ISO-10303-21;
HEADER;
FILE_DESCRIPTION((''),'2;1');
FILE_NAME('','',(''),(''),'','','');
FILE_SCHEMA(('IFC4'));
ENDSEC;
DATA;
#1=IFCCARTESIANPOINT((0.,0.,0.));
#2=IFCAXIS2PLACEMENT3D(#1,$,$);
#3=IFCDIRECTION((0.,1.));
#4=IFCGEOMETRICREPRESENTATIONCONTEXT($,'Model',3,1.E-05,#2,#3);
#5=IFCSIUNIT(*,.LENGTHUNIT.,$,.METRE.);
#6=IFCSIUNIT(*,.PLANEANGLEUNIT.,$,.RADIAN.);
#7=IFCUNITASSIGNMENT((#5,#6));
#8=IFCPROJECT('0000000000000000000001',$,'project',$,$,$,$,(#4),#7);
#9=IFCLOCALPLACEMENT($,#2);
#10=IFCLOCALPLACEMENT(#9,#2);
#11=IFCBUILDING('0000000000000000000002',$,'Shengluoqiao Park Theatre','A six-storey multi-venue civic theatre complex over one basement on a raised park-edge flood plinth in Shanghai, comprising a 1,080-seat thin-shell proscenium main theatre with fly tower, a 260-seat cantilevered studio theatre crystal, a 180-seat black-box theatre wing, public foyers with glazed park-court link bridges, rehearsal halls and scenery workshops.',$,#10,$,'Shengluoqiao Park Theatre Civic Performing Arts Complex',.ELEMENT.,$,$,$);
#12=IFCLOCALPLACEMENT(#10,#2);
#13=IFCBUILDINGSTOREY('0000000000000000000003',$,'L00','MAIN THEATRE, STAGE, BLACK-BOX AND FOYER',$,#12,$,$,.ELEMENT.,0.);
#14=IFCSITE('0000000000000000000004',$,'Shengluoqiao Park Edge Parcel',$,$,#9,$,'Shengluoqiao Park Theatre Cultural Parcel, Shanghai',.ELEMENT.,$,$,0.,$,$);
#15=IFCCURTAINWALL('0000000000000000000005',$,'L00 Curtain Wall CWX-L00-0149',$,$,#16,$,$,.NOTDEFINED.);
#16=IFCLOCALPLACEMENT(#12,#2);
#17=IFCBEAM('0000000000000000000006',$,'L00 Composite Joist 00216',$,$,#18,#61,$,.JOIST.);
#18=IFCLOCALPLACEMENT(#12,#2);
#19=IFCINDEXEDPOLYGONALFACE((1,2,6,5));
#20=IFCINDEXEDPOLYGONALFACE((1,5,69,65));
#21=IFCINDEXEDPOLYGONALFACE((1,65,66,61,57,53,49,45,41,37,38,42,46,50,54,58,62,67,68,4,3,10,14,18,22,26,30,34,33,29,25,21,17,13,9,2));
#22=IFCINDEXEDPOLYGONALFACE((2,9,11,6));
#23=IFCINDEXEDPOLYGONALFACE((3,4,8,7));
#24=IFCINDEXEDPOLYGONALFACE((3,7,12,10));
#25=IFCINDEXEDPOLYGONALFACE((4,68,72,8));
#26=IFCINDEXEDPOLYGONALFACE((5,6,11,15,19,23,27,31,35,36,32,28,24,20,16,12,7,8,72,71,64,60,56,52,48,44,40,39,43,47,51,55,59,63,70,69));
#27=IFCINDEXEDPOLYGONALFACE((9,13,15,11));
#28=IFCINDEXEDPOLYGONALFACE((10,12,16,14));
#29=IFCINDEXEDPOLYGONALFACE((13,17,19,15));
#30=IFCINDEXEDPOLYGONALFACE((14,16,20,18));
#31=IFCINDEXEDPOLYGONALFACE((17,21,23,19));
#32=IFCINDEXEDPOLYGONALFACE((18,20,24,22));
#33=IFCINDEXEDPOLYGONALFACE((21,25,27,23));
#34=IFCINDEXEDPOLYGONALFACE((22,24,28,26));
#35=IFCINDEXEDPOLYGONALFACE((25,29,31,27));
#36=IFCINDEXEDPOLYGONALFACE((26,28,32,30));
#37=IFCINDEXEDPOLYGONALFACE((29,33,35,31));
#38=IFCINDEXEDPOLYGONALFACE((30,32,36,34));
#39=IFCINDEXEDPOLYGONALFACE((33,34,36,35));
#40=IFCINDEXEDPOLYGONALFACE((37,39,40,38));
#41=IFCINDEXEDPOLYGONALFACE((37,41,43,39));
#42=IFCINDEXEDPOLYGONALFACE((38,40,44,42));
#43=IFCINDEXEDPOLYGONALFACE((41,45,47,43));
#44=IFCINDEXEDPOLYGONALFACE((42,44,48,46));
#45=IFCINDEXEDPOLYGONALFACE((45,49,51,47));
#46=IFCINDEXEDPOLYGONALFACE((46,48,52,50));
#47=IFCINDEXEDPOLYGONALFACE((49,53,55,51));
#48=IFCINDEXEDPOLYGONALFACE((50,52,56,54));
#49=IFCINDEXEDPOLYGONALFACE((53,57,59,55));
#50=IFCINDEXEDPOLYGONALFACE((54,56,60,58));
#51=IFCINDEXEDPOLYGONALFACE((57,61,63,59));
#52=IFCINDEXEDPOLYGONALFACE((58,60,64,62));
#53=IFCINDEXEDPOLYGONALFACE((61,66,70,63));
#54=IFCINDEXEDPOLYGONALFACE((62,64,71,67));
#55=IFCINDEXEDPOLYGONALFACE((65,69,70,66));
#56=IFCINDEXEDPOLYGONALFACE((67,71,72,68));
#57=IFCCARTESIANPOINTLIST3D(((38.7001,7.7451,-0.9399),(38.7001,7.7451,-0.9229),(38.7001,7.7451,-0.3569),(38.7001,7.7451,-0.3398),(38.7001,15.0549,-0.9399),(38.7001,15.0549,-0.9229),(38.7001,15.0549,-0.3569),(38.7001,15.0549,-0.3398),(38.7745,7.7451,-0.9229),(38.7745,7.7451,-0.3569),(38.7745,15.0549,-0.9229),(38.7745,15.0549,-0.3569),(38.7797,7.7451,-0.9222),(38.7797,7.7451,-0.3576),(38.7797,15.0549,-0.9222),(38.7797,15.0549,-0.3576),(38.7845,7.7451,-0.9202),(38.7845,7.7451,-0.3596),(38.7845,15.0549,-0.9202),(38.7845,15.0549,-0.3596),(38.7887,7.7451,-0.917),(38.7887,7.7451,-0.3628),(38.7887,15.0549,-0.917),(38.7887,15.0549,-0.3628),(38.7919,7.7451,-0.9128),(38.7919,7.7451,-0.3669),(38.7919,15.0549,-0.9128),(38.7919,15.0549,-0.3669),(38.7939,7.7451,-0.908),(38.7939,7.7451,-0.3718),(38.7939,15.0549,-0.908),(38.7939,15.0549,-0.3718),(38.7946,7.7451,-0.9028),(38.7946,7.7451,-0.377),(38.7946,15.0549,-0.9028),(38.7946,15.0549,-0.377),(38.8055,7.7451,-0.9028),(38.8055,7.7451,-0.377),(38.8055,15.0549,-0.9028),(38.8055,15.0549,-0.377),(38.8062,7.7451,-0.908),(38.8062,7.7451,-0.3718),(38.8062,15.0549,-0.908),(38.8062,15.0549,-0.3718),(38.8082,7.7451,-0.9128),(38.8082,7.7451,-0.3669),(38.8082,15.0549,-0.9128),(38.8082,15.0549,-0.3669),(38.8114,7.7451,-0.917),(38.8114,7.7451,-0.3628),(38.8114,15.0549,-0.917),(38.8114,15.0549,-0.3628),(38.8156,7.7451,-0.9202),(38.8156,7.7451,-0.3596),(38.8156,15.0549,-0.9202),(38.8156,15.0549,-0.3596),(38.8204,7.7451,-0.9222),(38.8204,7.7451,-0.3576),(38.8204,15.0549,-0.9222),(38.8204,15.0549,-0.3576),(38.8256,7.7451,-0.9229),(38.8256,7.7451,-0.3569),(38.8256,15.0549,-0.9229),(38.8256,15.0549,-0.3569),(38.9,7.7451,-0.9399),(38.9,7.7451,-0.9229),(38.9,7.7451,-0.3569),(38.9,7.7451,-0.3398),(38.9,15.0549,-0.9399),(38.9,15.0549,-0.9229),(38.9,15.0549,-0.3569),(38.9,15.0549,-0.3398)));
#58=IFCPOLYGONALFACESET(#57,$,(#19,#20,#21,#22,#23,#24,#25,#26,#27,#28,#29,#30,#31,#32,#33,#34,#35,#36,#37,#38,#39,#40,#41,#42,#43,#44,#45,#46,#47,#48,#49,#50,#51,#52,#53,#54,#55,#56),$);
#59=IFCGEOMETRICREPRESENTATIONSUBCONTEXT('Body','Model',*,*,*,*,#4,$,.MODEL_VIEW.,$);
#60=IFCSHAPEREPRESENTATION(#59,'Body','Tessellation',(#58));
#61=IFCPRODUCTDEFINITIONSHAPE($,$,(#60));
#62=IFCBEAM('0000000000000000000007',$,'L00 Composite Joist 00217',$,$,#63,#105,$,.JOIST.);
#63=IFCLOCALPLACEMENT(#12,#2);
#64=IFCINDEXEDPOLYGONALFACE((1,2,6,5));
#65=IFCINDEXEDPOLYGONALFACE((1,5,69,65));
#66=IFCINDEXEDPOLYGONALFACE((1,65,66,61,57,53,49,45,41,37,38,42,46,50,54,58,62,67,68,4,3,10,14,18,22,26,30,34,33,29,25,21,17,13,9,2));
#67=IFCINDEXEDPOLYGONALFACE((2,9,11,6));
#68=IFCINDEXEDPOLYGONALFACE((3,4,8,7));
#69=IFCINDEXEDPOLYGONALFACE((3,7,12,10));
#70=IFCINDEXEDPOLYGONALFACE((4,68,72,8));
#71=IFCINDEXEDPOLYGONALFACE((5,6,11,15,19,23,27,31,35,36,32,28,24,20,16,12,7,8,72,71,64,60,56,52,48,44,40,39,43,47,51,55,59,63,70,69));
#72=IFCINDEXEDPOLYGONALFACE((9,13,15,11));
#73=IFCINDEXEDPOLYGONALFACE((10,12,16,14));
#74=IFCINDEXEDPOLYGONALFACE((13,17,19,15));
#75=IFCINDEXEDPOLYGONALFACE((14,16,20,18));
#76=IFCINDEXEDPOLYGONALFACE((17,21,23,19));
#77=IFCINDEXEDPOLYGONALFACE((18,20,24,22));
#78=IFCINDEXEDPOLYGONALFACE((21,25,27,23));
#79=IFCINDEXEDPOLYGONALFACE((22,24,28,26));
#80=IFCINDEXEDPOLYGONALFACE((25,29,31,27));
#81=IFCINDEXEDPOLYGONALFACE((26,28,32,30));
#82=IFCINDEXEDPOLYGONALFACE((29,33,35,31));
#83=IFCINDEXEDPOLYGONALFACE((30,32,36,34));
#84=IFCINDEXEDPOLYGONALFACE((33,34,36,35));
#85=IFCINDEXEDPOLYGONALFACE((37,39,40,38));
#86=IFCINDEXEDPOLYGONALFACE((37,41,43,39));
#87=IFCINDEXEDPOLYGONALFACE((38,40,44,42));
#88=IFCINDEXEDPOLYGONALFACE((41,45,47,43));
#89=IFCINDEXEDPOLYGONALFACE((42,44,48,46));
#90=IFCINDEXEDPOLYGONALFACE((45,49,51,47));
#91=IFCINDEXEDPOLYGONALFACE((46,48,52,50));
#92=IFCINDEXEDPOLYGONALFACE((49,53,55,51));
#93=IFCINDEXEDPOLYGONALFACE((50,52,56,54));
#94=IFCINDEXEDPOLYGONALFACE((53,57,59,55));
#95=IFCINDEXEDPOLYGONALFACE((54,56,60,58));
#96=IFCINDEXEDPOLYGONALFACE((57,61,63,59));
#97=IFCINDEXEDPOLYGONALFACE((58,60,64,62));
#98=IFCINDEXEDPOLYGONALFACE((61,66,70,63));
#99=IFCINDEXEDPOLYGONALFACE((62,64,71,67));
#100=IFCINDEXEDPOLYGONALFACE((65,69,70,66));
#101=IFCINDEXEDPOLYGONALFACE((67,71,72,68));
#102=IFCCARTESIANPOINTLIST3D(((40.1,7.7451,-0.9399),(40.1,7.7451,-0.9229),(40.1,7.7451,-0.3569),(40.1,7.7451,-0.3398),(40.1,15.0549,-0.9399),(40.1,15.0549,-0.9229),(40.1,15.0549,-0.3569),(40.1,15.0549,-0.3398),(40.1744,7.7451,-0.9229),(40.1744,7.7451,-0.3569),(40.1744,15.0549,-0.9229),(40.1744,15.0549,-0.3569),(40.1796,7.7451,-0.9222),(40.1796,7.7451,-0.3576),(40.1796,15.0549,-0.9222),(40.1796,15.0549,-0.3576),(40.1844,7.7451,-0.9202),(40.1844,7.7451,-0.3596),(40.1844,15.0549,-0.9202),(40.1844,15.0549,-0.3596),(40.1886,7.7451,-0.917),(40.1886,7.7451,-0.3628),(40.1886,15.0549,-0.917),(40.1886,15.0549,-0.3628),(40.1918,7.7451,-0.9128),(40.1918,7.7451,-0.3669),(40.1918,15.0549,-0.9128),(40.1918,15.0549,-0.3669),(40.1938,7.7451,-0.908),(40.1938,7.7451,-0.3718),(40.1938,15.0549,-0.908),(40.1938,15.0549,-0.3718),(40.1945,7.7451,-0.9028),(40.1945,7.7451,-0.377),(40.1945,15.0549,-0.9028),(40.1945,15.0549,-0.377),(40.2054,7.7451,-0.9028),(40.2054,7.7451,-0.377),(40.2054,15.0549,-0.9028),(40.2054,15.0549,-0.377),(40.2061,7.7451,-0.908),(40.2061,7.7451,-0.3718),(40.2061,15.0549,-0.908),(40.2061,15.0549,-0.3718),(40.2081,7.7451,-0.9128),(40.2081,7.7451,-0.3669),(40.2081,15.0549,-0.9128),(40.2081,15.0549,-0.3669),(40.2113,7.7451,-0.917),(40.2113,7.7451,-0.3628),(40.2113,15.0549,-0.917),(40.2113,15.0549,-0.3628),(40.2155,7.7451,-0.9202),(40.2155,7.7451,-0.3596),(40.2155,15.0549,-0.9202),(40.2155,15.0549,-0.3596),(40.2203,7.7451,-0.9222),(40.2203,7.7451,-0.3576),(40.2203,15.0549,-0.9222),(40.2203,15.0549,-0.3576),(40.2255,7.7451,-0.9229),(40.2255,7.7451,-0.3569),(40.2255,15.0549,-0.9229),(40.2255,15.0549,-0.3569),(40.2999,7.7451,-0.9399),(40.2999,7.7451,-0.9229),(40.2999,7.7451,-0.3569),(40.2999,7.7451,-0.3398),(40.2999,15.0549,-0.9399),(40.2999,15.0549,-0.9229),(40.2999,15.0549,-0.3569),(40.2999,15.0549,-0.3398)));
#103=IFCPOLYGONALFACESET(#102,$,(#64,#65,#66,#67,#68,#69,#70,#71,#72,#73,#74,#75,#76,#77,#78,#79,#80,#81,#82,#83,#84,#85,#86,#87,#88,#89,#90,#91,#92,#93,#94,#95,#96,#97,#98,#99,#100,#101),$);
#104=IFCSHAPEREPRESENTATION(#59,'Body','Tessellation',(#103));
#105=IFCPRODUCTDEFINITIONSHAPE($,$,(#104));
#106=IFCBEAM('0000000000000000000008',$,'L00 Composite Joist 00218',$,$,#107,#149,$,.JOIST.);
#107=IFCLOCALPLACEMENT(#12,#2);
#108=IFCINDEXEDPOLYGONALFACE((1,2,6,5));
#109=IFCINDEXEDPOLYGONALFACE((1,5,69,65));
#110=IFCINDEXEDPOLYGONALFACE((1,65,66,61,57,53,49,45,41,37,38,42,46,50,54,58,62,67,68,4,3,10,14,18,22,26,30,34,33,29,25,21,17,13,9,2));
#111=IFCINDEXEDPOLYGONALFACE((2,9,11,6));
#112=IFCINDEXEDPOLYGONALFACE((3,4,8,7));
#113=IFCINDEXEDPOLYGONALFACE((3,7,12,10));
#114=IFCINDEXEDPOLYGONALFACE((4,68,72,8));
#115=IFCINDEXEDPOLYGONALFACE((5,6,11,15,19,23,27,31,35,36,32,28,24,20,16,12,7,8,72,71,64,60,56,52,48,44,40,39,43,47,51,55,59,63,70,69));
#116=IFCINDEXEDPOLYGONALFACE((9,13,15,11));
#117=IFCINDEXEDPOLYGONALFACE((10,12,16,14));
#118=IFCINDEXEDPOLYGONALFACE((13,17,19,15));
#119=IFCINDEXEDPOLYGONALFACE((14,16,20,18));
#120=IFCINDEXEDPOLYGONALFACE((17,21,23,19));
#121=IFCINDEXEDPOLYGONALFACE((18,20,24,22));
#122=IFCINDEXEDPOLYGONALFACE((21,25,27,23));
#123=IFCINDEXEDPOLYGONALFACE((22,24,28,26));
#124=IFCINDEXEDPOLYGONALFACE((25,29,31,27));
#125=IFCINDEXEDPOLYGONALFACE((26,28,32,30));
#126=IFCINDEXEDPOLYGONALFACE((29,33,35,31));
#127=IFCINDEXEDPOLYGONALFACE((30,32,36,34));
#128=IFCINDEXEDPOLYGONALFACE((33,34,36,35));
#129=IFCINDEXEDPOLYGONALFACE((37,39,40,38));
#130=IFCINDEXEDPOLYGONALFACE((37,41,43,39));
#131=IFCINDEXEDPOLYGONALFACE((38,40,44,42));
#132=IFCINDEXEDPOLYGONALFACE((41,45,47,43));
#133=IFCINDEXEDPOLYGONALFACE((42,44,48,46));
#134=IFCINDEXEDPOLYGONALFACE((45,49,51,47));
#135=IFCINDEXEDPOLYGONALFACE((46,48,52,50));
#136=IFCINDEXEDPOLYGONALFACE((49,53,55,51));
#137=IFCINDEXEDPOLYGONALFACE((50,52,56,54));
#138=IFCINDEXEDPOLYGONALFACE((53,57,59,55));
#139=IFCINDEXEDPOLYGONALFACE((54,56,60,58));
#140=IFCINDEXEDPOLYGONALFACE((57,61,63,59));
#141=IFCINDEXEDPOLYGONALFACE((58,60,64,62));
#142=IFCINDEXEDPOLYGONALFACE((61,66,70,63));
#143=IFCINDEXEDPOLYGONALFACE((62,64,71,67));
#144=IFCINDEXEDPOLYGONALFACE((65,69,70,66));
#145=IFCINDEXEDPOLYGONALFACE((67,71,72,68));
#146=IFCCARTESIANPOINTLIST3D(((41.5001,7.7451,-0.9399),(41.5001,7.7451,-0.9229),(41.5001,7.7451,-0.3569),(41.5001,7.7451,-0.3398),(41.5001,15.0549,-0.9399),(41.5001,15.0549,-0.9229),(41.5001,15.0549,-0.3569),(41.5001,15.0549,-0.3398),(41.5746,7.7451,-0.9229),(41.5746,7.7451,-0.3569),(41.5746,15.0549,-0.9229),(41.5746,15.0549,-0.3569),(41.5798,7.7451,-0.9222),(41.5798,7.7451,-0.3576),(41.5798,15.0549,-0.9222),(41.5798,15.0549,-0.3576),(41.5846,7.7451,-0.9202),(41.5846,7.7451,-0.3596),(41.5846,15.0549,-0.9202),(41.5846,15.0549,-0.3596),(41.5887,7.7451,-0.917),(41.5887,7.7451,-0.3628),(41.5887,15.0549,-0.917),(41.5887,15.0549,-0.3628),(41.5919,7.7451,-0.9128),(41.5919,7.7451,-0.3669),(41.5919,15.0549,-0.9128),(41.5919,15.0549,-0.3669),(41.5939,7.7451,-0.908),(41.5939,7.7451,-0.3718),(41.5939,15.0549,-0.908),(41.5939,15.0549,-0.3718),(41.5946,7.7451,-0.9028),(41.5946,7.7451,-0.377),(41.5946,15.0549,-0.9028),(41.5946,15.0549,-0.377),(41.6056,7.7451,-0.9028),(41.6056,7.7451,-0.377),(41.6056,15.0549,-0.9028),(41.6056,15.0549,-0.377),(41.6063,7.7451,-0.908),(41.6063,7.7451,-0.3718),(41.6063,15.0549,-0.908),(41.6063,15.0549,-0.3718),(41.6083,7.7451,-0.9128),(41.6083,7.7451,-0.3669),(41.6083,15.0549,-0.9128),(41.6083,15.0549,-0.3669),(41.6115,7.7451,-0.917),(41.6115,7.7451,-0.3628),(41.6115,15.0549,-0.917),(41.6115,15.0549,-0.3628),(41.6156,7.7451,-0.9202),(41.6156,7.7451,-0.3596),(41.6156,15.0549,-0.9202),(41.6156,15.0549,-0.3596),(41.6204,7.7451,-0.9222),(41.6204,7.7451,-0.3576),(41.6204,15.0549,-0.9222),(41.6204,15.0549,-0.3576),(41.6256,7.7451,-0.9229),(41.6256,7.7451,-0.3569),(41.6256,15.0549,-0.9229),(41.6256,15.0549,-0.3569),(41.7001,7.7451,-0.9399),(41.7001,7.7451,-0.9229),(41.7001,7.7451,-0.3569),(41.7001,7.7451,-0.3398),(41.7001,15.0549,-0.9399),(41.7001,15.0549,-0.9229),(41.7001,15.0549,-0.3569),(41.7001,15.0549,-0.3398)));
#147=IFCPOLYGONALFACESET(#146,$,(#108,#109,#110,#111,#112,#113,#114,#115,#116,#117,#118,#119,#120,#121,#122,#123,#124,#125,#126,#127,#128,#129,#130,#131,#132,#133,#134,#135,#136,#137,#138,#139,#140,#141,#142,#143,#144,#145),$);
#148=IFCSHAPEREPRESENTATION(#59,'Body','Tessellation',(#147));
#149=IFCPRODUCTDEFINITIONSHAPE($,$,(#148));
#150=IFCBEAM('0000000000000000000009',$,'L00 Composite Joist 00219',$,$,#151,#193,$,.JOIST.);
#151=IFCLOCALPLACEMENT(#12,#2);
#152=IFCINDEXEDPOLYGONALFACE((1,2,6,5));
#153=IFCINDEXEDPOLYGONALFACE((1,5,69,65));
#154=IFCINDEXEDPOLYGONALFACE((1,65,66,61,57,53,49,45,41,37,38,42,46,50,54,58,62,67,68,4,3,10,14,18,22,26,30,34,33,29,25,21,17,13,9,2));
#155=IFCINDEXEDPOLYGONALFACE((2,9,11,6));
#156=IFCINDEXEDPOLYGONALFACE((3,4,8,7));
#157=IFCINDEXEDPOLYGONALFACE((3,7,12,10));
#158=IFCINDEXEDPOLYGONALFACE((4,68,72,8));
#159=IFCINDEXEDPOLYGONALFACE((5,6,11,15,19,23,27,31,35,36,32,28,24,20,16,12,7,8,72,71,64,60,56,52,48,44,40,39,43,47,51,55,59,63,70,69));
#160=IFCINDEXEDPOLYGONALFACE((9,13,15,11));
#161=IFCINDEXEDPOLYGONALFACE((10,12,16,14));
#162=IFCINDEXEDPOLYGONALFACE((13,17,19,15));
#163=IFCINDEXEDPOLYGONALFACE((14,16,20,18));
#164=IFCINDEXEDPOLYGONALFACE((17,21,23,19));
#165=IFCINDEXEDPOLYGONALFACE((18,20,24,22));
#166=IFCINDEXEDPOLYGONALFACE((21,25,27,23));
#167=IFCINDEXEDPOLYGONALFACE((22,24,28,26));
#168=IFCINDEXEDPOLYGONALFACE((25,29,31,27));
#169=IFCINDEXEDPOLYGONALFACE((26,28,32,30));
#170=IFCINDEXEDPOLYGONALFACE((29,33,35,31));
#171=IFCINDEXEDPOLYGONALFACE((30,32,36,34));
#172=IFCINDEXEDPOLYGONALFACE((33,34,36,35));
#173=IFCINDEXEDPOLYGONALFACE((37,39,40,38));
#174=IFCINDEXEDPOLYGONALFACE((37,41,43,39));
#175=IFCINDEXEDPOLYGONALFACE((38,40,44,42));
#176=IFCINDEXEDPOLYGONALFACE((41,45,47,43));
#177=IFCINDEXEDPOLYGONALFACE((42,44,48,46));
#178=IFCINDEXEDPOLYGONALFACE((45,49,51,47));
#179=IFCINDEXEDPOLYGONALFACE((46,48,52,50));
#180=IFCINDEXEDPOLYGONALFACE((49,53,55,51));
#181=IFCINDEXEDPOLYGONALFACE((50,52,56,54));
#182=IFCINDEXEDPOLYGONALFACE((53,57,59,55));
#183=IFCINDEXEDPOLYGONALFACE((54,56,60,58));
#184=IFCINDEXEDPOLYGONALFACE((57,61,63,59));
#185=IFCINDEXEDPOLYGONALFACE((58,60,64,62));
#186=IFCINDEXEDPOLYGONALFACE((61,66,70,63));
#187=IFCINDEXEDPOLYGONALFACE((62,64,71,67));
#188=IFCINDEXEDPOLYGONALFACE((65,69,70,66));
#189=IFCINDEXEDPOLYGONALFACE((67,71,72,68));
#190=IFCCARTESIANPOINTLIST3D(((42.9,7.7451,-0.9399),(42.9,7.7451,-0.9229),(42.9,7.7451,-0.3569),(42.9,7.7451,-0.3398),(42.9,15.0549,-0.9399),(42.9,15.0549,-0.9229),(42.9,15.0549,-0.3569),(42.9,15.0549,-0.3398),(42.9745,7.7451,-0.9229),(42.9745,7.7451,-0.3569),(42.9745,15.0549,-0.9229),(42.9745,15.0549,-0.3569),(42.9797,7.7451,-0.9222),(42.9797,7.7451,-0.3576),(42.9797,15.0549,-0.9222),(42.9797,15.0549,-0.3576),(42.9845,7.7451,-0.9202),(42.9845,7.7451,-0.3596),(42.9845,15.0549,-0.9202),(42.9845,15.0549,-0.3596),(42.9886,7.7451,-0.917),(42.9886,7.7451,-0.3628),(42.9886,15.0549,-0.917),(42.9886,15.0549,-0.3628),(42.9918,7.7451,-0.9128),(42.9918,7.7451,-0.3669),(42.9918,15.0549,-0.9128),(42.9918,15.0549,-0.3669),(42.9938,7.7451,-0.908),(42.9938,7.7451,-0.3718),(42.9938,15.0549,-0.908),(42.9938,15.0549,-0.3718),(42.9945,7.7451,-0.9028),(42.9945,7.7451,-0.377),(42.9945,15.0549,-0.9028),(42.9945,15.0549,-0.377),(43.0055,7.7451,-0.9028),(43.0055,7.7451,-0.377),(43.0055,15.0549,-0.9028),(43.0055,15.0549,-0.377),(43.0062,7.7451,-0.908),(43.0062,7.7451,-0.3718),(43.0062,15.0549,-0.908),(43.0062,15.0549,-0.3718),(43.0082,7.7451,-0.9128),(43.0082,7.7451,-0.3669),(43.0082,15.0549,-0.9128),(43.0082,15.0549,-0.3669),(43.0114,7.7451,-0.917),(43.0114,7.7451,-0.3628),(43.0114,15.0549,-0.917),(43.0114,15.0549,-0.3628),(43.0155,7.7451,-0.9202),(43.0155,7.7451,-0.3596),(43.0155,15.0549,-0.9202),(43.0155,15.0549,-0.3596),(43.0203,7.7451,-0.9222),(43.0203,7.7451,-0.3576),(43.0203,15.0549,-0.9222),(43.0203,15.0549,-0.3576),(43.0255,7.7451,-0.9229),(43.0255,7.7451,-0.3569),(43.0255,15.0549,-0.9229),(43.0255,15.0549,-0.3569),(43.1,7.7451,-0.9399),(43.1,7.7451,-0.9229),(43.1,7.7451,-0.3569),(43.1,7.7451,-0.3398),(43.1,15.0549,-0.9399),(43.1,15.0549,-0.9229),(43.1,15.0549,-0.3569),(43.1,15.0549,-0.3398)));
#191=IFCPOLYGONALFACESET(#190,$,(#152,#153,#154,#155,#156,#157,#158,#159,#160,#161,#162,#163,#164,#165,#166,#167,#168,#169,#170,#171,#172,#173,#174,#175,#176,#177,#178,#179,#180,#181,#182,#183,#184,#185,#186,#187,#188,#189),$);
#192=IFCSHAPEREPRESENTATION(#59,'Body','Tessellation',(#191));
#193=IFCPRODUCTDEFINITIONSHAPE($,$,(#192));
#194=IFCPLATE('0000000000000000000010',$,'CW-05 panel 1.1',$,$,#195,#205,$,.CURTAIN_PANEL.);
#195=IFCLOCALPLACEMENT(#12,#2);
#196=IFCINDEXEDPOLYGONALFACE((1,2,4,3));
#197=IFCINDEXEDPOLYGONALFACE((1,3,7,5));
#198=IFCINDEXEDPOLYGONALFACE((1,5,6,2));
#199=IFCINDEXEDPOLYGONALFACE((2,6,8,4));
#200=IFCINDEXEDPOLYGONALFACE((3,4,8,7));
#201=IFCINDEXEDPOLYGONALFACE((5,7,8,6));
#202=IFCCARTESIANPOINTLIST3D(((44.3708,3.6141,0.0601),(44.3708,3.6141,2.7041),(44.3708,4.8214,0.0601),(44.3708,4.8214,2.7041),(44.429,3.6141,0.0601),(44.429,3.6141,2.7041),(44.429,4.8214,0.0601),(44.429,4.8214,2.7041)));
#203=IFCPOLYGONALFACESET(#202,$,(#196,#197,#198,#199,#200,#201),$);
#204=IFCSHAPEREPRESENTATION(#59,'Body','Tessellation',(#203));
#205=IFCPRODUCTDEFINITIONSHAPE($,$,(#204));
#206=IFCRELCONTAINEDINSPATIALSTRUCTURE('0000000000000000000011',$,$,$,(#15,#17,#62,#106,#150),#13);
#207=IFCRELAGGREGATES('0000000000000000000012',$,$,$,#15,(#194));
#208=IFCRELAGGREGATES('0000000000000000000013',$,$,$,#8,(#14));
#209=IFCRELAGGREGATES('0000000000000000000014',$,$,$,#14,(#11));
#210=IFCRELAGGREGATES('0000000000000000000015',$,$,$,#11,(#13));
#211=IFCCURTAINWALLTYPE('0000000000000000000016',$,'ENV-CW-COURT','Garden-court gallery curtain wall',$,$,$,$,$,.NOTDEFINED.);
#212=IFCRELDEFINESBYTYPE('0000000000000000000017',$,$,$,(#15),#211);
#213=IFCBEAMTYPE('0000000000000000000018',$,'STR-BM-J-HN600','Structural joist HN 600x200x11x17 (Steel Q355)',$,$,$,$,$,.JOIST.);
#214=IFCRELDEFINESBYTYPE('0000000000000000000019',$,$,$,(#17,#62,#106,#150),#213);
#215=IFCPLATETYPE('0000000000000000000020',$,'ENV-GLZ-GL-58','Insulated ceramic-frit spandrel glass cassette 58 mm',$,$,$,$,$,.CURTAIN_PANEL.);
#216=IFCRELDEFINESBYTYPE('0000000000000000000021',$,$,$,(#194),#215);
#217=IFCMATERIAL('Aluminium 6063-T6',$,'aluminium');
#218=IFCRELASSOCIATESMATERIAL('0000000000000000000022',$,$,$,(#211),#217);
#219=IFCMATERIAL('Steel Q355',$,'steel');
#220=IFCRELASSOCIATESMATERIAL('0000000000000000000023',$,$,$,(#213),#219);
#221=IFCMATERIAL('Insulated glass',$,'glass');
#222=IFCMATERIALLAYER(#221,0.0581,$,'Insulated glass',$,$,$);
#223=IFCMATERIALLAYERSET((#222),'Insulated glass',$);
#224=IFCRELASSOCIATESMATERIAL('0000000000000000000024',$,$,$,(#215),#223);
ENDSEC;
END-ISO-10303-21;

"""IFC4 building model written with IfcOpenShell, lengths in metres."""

from ifc_helpers import new_model, si_unit, direction, frame, origin, origin_2d, place, context, subcontext, project, spatial, rectangle, i_section, extrude, material, layer, layer_set, material_profile, profile_set, type_object, element, aggregate, save


model = new_model("IFC4")

# Units and contexts
model_context = context("Model", 3, precision=1e-05, world=origin(), true_north=direction((0.0, 1.0)))
body_context = subcontext(model_context, "Body", "Model", "MODEL_VIEW")
ifc_project = project(units=[si_unit("LENGTHUNIT", "METRE"), si_unit("PLANEANGLEUNIT", "RADIAN")], contexts=[model_context])

# Site, building, storey
site_placement = place(None, origin())
site = spatial("IfcSite", under=ifc_project, at=site_placement, Name="Shengluoqiao Park Edge Parcel", LongName="Shengluoqiao Park Theatre Cultural Parcel, Shanghai", CompositionType="ELEMENT", RefElevation=0.0)
building_placement = place(site_placement, origin())
building = spatial("IfcBuilding", under=site, at=building_placement, Name="Shengluoqiao Park Theatre", Description="A six-storey multi-venue civic theatre complex over one basement on a raised park-edge flood plinth in Shanghai, comprising a 1,080-seat thin-shell proscenium main theatre with fly tower, a 260-seat cantilevered studio theatre crystal, a 180-seat black-box theatre wing, public foyers with glazed park-court link bridges, rehearsal halls and scenery workshops.", LongName="Shengluoqiao Park Theatre Civic Performing Arts Complex", CompositionType="ELEMENT")
storey_placement = place(building_placement, origin())
storey = spatial("IfcBuildingStorey", under=building, at=storey_placement, Name="L00", Description="MAIN THEATRE, STAGE, BLACK-BOX AND FOYER", CompositionType="ELEMENT", Elevation=0.0)

# Shared definitions
ifc_material_1 = material(Name="Steel Q355", Category="steel")

# Curtain wall
ifc_material_2 = material(Name="Aluminium 6063-T6", Category="aluminium")
curtain_wall_type = type_object("IfcCurtainWallType", Name="ENV-CW-COURT", Description="Garden-court gallery curtain wall", PredefinedType="NOTDEFINED", material=ifc_material_2)
curtain_wall_placement = place(storey_placement, origin())
curtain_wall = element("IfcCurtainWall", 1, at=curtain_wall_placement, inside=storey, type_object=curtain_wall_type, Name="L00 Curtain Wall CWX-L00-0149", PredefinedType="NOTDEFINED")

# Beams
ifc_material_profile_1 = material_profile(ifc_material_1, i_section(OverallWidth=0.2, OverallDepth=0.6001, WebThickness=0.011, FlangeThickness=0.0171, FilletRadius=0.02, at=origin_2d()), Name="HN 600x200x11x17")
ifc_profile_set_1 = profile_set([ifc_material_profile_1], Name="Steel Q355")
beam_type_1 = type_object("IfcBeamType", Name="STR-BM-J-HN600", Description="Structural joist HN 600x200x11x17 (Steel Q355)", PredefinedType="JOIST", material=ifc_profile_set_1)
for number, where, z_axis, x_axis, name in (
    (2, (38.8, 7.7451, -0.6399), (0.0, 1.0, 0.0), (-1.0, 0.0, 0.0), "L00 Composite Joist 00216"),
    (3, (40.2, 7.7451, -0.6399), (0.0, 1.0, 0.0), (-1.0, 0.0, 0.0), "L00 Composite Joist 00217"),
    (4, (41.6001, 7.7451, -0.6399), (0.0, 1.0, 0.0), (-1.0, 0.0, 0.0), "L00 Composite Joist 00218"),
    (5, (43.0, 7.7451, -0.6399), (0.0, 1.0, 0.0), (-1.0, 0.0, 0.0), "L00 Composite Joist 00219"),
):
    element("IfcBeam", number, at=place(storey_placement, frame(where, z_axis=z_axis, x_axis=x_axis)), inside=storey, type_object=beam_type_1, Name=name, PredefinedType="JOIST", context=body_context, shape_type="SweptSolid", body=[
        extrude(i_section(OverallWidth=0.2, OverallDepth=0.6001, WebThickness=0.011, FlangeThickness=0.0171, FilletRadius=0.02, at=origin_2d()), origin(), (0.0, 0.0, 1.0), 7.3098),
    ])

# Plate
ifc_material_3 = material(Name="Insulated glass", Category="glass")
ifc_layer_1 = layer(ifc_material_3, 0.0581, Name="Insulated glass")
ifc_layer_set_1 = layer_set([ifc_layer_1], Name="Insulated glass")
plate_type = type_object("IfcPlateType", Name="ENV-GLZ-GL-58", Description="Insulated ceramic-frit spandrel glass cassette 58 mm", PredefinedType="CURTAIN_PANEL", material=ifc_layer_set_1)
plate_1_placement = place(storey_placement, frame((44.3999, 4.2178, 0.0601), z_axis=(0.0, 0.0, 1.0), x_axis=(0.0, 1.0, 0.0)))
plate_1 = element("IfcPlate", 6, at=plate_1_placement, type_object=plate_type, Name="CW-05 panel 1.1", PredefinedType="CURTAIN_PANEL", context=body_context, shape_type="SweptSolid", body=[
    extrude(rectangle(XDim=1.2073, YDim=0.0581, at=origin_2d()), origin(), (0.0, 0.0, 1.0), 2.644),
])
aggregate(curtain_wall, [plate_1])

save(model, "model.ifc")
